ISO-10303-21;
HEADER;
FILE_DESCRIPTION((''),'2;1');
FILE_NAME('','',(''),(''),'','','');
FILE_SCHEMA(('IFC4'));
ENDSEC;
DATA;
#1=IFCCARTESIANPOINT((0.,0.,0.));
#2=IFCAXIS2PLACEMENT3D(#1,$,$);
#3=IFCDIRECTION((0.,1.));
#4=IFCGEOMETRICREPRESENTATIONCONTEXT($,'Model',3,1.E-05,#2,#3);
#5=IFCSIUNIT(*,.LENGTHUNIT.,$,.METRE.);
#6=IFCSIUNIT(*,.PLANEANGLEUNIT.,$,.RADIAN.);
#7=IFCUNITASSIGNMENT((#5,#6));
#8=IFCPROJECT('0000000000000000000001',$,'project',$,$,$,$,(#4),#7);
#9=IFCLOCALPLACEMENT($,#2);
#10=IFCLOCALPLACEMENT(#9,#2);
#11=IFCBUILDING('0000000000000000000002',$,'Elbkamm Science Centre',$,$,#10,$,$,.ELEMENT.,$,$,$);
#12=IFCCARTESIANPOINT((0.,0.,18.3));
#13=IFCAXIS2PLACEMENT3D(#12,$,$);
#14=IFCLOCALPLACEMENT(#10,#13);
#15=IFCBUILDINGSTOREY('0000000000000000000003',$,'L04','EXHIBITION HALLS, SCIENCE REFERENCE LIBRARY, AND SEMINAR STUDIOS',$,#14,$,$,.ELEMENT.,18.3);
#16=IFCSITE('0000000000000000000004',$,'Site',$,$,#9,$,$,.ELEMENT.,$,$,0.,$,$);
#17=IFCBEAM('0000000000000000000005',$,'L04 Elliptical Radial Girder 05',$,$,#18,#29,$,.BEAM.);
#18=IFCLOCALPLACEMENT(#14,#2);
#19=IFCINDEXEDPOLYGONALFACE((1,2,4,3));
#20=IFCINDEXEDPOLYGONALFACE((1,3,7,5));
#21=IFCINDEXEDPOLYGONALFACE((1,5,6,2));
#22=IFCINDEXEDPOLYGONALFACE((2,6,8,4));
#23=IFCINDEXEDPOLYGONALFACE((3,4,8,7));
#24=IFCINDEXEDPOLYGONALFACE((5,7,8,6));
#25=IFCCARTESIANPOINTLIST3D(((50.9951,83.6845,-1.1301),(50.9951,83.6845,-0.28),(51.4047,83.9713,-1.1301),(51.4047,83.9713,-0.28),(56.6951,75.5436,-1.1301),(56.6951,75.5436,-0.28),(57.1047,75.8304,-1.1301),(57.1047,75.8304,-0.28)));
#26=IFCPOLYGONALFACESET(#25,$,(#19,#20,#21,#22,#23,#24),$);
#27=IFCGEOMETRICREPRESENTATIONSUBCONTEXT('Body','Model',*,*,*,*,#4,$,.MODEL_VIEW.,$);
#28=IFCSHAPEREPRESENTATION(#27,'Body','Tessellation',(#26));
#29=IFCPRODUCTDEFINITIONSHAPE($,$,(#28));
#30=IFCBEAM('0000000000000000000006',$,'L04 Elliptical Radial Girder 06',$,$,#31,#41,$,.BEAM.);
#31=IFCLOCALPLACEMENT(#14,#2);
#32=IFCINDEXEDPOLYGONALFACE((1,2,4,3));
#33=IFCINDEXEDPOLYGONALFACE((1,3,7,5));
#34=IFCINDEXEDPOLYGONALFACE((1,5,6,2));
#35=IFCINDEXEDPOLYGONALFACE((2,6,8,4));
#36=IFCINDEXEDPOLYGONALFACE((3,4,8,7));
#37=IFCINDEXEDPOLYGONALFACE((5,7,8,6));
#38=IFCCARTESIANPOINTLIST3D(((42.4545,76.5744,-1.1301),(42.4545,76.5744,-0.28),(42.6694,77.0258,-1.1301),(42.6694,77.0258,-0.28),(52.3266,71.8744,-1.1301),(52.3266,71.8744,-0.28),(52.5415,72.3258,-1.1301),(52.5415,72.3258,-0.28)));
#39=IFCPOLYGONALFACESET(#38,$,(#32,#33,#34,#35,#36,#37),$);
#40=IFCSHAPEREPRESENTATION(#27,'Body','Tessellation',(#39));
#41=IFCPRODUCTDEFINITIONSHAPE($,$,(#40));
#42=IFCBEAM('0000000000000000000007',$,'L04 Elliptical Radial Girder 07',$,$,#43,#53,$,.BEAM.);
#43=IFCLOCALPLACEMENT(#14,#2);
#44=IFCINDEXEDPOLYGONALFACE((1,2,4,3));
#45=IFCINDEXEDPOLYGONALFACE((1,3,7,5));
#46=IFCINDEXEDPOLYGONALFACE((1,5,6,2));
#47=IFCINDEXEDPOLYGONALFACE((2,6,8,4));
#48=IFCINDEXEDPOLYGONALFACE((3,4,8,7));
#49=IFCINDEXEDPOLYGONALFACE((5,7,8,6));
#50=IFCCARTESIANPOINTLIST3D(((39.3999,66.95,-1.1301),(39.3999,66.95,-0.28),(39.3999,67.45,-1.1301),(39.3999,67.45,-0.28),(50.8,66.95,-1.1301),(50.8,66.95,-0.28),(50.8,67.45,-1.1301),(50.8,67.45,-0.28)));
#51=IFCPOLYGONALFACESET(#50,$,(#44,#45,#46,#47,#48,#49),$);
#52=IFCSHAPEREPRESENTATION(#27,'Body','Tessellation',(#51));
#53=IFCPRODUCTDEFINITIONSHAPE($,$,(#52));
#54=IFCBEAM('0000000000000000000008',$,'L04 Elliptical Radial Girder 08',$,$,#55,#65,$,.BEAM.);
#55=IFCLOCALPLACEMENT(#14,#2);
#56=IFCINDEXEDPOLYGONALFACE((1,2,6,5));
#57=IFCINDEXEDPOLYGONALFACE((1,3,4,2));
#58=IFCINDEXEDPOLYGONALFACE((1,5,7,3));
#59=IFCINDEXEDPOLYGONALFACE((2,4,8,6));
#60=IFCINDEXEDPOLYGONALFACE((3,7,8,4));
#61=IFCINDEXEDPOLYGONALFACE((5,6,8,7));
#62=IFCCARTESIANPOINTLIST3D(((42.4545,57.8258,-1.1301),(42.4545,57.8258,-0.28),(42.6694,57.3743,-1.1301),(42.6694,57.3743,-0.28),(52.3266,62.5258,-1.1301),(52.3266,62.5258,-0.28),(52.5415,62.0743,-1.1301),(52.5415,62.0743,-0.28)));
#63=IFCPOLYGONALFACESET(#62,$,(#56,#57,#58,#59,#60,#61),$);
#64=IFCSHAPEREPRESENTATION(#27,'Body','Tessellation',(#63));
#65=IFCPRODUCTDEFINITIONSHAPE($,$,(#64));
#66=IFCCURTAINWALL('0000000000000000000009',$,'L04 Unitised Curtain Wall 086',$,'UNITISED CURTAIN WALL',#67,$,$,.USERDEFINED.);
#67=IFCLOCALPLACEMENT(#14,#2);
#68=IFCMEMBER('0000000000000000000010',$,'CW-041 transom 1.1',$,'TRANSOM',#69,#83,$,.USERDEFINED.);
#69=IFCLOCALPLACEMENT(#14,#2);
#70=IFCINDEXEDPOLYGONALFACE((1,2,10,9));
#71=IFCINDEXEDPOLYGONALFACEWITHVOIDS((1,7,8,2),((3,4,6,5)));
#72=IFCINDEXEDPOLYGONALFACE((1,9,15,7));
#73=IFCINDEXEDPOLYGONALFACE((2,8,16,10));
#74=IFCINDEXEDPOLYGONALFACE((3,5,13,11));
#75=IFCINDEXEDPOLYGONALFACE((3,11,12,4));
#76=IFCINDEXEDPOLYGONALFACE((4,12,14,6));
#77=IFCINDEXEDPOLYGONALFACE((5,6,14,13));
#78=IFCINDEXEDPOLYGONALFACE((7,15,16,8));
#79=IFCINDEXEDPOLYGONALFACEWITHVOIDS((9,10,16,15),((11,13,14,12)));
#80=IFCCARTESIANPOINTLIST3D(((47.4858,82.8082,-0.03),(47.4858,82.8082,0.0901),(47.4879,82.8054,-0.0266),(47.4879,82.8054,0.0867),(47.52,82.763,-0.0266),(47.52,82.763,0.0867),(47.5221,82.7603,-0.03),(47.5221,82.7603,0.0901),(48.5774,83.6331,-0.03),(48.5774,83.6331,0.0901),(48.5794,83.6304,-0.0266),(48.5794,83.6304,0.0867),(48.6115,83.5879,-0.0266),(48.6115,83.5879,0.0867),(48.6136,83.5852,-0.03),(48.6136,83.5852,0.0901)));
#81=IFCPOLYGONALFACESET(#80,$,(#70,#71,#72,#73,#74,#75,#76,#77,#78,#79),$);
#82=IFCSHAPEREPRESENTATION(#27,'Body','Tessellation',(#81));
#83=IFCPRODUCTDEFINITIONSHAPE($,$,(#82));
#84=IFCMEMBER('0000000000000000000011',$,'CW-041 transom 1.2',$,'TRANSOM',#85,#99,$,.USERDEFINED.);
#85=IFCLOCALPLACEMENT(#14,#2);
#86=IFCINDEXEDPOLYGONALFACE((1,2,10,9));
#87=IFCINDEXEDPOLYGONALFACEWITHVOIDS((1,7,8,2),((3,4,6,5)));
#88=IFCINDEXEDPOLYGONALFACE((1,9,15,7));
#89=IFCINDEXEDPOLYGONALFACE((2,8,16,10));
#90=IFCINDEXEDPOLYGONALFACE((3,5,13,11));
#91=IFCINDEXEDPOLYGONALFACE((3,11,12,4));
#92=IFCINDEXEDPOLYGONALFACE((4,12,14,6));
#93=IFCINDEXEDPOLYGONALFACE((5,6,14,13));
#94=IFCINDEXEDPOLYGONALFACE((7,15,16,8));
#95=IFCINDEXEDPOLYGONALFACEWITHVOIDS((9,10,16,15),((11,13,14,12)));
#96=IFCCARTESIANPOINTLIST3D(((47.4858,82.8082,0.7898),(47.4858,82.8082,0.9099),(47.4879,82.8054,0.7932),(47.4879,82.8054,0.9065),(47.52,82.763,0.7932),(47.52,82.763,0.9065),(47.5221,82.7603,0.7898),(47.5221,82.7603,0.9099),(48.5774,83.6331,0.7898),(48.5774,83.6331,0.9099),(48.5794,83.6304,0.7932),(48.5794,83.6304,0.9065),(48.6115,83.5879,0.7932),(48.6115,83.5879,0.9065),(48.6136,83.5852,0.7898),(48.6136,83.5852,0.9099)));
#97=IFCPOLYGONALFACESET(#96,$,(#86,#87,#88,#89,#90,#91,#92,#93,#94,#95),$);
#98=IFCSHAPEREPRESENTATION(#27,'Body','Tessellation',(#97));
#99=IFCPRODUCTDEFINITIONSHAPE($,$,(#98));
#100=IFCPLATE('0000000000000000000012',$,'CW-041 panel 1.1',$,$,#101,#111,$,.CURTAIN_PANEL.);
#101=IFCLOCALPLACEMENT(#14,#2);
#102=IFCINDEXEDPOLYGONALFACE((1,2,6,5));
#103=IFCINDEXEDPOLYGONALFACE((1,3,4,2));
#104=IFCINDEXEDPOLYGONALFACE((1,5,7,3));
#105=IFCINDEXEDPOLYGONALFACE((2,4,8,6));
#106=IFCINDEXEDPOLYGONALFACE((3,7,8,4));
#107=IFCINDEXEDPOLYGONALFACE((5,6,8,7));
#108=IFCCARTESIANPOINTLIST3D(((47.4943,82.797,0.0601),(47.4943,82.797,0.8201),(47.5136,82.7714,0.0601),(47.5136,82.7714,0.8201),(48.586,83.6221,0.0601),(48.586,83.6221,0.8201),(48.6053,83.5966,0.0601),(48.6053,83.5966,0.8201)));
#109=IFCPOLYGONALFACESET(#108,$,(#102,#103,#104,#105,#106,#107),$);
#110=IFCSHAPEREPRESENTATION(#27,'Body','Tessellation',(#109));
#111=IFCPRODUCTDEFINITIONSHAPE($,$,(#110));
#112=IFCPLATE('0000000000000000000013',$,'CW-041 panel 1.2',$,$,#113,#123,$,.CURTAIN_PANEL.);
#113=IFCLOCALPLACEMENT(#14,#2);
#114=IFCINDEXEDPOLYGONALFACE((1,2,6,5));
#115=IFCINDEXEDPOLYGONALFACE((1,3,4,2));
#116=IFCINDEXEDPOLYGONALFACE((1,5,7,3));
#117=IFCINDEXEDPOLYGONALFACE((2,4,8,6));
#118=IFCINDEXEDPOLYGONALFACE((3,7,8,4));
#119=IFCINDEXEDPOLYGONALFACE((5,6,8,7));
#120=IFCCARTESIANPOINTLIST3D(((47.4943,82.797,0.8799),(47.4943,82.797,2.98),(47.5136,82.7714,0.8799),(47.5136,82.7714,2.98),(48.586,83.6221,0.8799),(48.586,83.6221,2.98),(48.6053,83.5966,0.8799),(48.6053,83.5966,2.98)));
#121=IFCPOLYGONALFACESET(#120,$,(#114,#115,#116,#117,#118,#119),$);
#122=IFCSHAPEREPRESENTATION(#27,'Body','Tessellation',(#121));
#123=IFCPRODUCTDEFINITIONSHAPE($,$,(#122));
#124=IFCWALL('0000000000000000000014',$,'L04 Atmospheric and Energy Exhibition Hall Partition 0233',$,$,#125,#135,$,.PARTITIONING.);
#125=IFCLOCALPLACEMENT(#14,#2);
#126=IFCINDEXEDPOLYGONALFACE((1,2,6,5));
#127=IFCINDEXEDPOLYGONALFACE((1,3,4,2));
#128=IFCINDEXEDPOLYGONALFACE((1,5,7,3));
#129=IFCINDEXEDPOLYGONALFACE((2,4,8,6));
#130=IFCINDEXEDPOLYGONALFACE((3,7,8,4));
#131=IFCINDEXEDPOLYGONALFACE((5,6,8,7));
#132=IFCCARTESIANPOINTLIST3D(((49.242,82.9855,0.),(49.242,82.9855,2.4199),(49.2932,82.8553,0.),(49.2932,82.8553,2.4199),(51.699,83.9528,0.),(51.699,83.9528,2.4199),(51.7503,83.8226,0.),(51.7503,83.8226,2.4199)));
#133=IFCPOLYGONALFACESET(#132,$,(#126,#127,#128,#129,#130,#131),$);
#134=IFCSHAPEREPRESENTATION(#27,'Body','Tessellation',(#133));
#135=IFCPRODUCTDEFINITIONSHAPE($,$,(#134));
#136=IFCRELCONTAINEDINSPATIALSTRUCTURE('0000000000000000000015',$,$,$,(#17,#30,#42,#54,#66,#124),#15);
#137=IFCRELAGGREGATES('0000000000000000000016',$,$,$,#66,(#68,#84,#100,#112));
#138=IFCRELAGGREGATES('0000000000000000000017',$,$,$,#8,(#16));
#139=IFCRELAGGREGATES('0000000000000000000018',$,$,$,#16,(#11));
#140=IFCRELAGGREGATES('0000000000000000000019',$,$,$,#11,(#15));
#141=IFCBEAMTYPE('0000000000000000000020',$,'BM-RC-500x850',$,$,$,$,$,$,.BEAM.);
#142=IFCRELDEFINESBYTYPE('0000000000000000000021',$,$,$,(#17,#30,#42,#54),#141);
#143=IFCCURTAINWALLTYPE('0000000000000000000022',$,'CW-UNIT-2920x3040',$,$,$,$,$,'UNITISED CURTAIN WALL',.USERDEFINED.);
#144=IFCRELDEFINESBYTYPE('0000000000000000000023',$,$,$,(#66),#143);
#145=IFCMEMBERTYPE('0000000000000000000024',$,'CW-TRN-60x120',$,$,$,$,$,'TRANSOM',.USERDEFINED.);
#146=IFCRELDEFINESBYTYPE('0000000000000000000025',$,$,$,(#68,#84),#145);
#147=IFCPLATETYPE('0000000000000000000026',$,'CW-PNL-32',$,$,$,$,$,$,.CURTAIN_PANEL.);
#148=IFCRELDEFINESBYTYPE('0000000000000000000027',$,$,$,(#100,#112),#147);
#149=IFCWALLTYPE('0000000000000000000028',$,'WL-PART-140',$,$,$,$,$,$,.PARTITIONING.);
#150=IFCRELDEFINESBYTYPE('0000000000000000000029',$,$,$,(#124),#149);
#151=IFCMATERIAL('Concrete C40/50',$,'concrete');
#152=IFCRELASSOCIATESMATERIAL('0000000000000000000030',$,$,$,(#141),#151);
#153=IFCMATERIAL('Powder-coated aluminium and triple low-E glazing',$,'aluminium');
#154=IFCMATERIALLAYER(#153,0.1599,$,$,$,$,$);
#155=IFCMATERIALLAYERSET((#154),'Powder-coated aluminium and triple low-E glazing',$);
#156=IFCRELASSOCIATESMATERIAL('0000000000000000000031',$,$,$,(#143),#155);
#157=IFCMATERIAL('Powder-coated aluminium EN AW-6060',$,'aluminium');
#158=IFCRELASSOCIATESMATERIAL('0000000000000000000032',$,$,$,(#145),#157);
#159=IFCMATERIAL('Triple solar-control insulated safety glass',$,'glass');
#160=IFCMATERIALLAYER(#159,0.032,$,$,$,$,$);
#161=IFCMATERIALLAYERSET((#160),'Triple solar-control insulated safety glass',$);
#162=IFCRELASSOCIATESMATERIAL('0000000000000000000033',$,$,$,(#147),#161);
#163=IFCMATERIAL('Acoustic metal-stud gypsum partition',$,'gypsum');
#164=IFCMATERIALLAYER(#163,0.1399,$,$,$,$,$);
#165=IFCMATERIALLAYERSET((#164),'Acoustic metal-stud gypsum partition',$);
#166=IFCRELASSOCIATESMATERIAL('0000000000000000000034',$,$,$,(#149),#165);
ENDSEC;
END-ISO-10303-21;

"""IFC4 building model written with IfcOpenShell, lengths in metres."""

from ifc_helpers import new_model, si_unit, direction, frame, frame_2d, origin, origin_2d, place, context, subcontext, project, spatial, rectangle, hollow_rectangle, extrude, material, layer, layer_set, material_profile, profile_set, type_object, element, aggregate, save


model = new_model("IFC4")

# Units and contexts
model_context = context("Model", 3, precision=1e-05, world=origin(), true_north=direction((0.0, 1.0)))
body_context = subcontext(model_context, "Body", "Model", "MODEL_VIEW")
ifc_project = project(units=[si_unit("LENGTHUNIT", "METRE"), si_unit("PLANEANGLEUNIT", "RADIAN")], contexts=[model_context])

# Site, building, storey
site_placement = place(None, origin())
site = spatial("IfcSite", under=ifc_project, at=site_placement, Name="Site", CompositionType="ELEMENT", RefElevation=0.0)
building_placement = place(site_placement, origin())
building = spatial("IfcBuilding", under=site, at=building_placement, Name="Elbkamm Science Centre", CompositionType="ELEMENT")
storey_placement = place(building_placement, frame((0.0, 0.0, 18.3)))
storey = spatial("IfcBuildingStorey", under=building, at=storey_placement, Name="L04", Description="EXHIBITION HALLS, SCIENCE REFERENCE LIBRARY, AND SEMINAR STUDIOS", CompositionType="ELEMENT", Elevation=18.3)

# Shared definitions
ifc_material_1 = material(Name="Concrete C40/50", Category="concrete")

# Beams
ifc_material_profile_1 = material_profile(ifc_material_1, rectangle(XDim=0.5, YDim=0.8501, at=origin_2d()), Name="RC 500x850")
ifc_profile_set_1 = profile_set([ifc_material_profile_1], Name="Concrete C40/50")
beam_type_1 = type_object("IfcBeamType", Name="BM-RC-500x850", PredefinedType="BEAM", material=ifc_profile_set_1)
beam_1_placement = place(storey_placement, frame((56.8999, 75.687, -0.7051), z_axis=(-0.573553, 0.819168, 0.0), x_axis=(-0.819168, -0.573553, 0.0)))
element("IfcBeam", 1, at=beam_1_placement, inside=storey, type_object=beam_type_1, Name="L04 Elliptical Radial Girder 05", PredefinedType="BEAM", context=body_context, shape_type="SweptSolid", body=[
    extrude(rectangle(XDim=0.5, YDim=0.8501, at=origin_2d()), origin(), (0.0, 0.0, 1.0), 9.938),
])
beam_2_placement = place(storey_placement, frame((52.4341, 72.1001, -0.7051), z_axis=(-0.902897, 0.429856, 0.0), x_axis=(-0.429856, -0.902897, 0.0)))
element("IfcBeam", 2, at=beam_2_placement, inside=storey, type_object=beam_type_1, Name="L04 Elliptical Radial Girder 06", PredefinedType="BEAM", context=body_context, shape_type="SweptSolid", body=[
    extrude(rectangle(XDim=0.5, YDim=0.8501, at=origin_2d()), origin(), (0.0, 0.0, 1.0), 10.9338),
])
beam_3_placement = place(storey_placement, frame((50.8, 67.2, -0.7051), z_axis=(-1.0, 0.0, 0.0), x_axis=(0.0, -1.0, 0.0)))
element("IfcBeam", 3, at=beam_3_placement, inside=storey, type_object=beam_type_1, Name="L04 Elliptical Radial Girder 07", PredefinedType="BEAM", context=body_context, shape_type="SweptSolid", body=[
    extrude(rectangle(XDim=0.5, YDim=0.8501, at=origin_2d()), origin(), (0.0, 0.0, 1.0), 11.4001),
])
beam_4_placement = place(storey_placement, frame((52.4341, 62.3, -0.7051), z_axis=(-0.902897, -0.429856, 0.0), x_axis=(0.429856, -0.902897, 0.0)))
element("IfcBeam", 4, at=beam_4_placement, inside=storey, type_object=beam_type_1, Name="L04 Elliptical Radial Girder 08", PredefinedType="BEAM", context=body_context, shape_type="SweptSolid", body=[
    extrude(rectangle(XDim=0.5, YDim=0.8501, at=origin_2d()), origin(), (0.0, 0.0, 1.0), 10.9338),
])

# Curtain wall, members, plates
ifc_material_2 = material(Name="Powder-coated aluminium and triple low-E glazing", Category="aluminium")
ifc_layer_1 = layer(ifc_material_2, 0.1599)
ifc_layer_set_1 = layer_set([ifc_layer_1], Name="Powder-coated aluminium and triple low-E glazing")
curtain_wall_type = type_object("IfcCurtainWallType", Name="CW-UNIT-2920x3040", ElementType="UNITISED CURTAIN WALL", PredefinedType="USERDEFINED", material=ifc_layer_set_1)
curtain_wall_placement = place(storey_placement, origin())
curtain_wall = element("IfcCurtainWall", 5, at=curtain_wall_placement, inside=storey, type_object=curtain_wall_type, Name="L04 Unitised Curtain Wall 086", ObjectType="UNITISED CURTAIN WALL", PredefinedType="USERDEFINED")
ifc_material_3 = material(Name="Powder-coated aluminium EN AW-6060", Category="aluminium")
ifc_material_profile_2 = material_profile(ifc_material_3, hollow_rectangle(XDim=0.0601, YDim=0.1201, WallThickness=0.0034, at=origin_2d()), Name="ALU T60x120")
ifc_profile_set_2 = profile_set([ifc_material_profile_2], Name="Powder-coated aluminium EN AW-6060")
member_type = type_object("IfcMemberType", Name="CW-TRN-60x120", ElementType="TRANSOM", PredefinedType="USERDEFINED", material=ifc_profile_set_2)
member_1_placement = place(storey_placement, frame((48.5955, 83.6091, 0.03), z_axis=(-0.797789, -0.602937, 0.0), x_axis=(0.602937, -0.797789, 0.0)))
member_1 = element("IfcMember", 6, at=member_1_placement, type_object=member_type, Name="CW-041 transom 1.1", ObjectType="TRANSOM", PredefinedType="USERDEFINED", context=body_context, shape_type="SweptSolid", body=[
    extrude(hollow_rectangle(XDim=0.0601, YDim=0.1201, WallThickness=0.0034, at=origin_2d()), origin(), (0.0, 0.0, 1.0), 1.3682),
])
member_2_placement = place(storey_placement, frame((48.5955, 83.6091, 0.8499), z_axis=(-0.797789, -0.602937, 0.0), x_axis=(0.602937, -0.797789, 0.0)))
member_2 = element("IfcMember", 7, at=member_2_placement, type_object=member_type, Name="CW-041 transom 1.2", ObjectType="TRANSOM", PredefinedType="USERDEFINED", context=body_context, shape_type="SweptSolid", body=[
    extrude(hollow_rectangle(XDim=0.0601, YDim=0.1201, WallThickness=0.0034, at=origin_2d()), origin(), (0.0, 0.0, 1.0), 1.3682),
])
ifc_material_4 = material(Name="Triple solar-control insulated safety glass", Category="glass")
ifc_layer_2 = layer(ifc_material_4, 0.032)
ifc_layer_set_2 = layer_set([ifc_layer_2], Name="Triple solar-control insulated safety glass")
plate_type = type_object("IfcPlateType", Name="CW-PNL-32", PredefinedType="CURTAIN_PANEL", material=ifc_layer_set_2)
plate_1_placement = place(storey_placement, frame((48.0498, 83.1968, 0.0601), z_axis=(0.0, 0.0, 1.0), x_axis=(-0.797744, -0.602997, 0.0)))
plate_1 = element("IfcPlate", 8, at=plate_1_placement, type_object=plate_type, Name="CW-041 panel 1.1", PredefinedType="CURTAIN_PANEL", context=body_context, shape_type="SweptSolid", body=[
    extrude(rectangle(XDim=1.3684, YDim=0.032, at=origin_2d()), origin(), (0.0, 0.0, 1.0), 0.76),
])
plate_2_placement = place(storey_placement, frame((48.0498, 83.1968, 0.8799), z_axis=(0.0, 0.0, 1.0), x_axis=(-0.797744, -0.602997, 0.0)))
plate_2 = element("IfcPlate", 9, at=plate_2_placement, type_object=plate_type, Name="CW-041 panel 1.2", PredefinedType="CURTAIN_PANEL", context=body_context, shape_type="SweptSolid", body=[
    extrude(rectangle(XDim=1.3684, YDim=0.032, at=origin_2d()), origin(), (0.0, 0.0, 1.0), 2.1001),
])
aggregate(curtain_wall, [member_1, member_2, plate_1, plate_2])

# Wall
ifc_material_5 = material(Name="Acoustic metal-stud gypsum partition", Category="gypsum")
ifc_layer_3 = layer(ifc_material_5, 0.1399)
ifc_layer_set_3 = layer_set([ifc_layer_3], Name="Acoustic metal-stud gypsum partition")
wall_type = type_object("IfcWallType", Name="WL-PART-140", PredefinedType="PARTITIONING", material=ifc_layer_set_3)
wall_placement = place(storey_placement, frame((49.2676, 82.9204, 0.0), z_axis=(0.0, 0.0, 1.0), x_axis=(0.930491, 0.366316, 0.0)))
element("IfcWall", 10, at=wall_placement, inside=storey, type_object=wall_type, Name="L04 Atmospheric and Energy Exhibition Hall Partition 0233", PredefinedType="PARTITIONING", context=body_context, shape_type="SweptSolid", body=[
    extrude(rectangle(XDim=2.6406, YDim=0.1399, at=frame_2d((1.3203, 0.0))), origin(), (0.0, 0.0, 1.0), 2.4199),
])

save(model, "model.ifc")
